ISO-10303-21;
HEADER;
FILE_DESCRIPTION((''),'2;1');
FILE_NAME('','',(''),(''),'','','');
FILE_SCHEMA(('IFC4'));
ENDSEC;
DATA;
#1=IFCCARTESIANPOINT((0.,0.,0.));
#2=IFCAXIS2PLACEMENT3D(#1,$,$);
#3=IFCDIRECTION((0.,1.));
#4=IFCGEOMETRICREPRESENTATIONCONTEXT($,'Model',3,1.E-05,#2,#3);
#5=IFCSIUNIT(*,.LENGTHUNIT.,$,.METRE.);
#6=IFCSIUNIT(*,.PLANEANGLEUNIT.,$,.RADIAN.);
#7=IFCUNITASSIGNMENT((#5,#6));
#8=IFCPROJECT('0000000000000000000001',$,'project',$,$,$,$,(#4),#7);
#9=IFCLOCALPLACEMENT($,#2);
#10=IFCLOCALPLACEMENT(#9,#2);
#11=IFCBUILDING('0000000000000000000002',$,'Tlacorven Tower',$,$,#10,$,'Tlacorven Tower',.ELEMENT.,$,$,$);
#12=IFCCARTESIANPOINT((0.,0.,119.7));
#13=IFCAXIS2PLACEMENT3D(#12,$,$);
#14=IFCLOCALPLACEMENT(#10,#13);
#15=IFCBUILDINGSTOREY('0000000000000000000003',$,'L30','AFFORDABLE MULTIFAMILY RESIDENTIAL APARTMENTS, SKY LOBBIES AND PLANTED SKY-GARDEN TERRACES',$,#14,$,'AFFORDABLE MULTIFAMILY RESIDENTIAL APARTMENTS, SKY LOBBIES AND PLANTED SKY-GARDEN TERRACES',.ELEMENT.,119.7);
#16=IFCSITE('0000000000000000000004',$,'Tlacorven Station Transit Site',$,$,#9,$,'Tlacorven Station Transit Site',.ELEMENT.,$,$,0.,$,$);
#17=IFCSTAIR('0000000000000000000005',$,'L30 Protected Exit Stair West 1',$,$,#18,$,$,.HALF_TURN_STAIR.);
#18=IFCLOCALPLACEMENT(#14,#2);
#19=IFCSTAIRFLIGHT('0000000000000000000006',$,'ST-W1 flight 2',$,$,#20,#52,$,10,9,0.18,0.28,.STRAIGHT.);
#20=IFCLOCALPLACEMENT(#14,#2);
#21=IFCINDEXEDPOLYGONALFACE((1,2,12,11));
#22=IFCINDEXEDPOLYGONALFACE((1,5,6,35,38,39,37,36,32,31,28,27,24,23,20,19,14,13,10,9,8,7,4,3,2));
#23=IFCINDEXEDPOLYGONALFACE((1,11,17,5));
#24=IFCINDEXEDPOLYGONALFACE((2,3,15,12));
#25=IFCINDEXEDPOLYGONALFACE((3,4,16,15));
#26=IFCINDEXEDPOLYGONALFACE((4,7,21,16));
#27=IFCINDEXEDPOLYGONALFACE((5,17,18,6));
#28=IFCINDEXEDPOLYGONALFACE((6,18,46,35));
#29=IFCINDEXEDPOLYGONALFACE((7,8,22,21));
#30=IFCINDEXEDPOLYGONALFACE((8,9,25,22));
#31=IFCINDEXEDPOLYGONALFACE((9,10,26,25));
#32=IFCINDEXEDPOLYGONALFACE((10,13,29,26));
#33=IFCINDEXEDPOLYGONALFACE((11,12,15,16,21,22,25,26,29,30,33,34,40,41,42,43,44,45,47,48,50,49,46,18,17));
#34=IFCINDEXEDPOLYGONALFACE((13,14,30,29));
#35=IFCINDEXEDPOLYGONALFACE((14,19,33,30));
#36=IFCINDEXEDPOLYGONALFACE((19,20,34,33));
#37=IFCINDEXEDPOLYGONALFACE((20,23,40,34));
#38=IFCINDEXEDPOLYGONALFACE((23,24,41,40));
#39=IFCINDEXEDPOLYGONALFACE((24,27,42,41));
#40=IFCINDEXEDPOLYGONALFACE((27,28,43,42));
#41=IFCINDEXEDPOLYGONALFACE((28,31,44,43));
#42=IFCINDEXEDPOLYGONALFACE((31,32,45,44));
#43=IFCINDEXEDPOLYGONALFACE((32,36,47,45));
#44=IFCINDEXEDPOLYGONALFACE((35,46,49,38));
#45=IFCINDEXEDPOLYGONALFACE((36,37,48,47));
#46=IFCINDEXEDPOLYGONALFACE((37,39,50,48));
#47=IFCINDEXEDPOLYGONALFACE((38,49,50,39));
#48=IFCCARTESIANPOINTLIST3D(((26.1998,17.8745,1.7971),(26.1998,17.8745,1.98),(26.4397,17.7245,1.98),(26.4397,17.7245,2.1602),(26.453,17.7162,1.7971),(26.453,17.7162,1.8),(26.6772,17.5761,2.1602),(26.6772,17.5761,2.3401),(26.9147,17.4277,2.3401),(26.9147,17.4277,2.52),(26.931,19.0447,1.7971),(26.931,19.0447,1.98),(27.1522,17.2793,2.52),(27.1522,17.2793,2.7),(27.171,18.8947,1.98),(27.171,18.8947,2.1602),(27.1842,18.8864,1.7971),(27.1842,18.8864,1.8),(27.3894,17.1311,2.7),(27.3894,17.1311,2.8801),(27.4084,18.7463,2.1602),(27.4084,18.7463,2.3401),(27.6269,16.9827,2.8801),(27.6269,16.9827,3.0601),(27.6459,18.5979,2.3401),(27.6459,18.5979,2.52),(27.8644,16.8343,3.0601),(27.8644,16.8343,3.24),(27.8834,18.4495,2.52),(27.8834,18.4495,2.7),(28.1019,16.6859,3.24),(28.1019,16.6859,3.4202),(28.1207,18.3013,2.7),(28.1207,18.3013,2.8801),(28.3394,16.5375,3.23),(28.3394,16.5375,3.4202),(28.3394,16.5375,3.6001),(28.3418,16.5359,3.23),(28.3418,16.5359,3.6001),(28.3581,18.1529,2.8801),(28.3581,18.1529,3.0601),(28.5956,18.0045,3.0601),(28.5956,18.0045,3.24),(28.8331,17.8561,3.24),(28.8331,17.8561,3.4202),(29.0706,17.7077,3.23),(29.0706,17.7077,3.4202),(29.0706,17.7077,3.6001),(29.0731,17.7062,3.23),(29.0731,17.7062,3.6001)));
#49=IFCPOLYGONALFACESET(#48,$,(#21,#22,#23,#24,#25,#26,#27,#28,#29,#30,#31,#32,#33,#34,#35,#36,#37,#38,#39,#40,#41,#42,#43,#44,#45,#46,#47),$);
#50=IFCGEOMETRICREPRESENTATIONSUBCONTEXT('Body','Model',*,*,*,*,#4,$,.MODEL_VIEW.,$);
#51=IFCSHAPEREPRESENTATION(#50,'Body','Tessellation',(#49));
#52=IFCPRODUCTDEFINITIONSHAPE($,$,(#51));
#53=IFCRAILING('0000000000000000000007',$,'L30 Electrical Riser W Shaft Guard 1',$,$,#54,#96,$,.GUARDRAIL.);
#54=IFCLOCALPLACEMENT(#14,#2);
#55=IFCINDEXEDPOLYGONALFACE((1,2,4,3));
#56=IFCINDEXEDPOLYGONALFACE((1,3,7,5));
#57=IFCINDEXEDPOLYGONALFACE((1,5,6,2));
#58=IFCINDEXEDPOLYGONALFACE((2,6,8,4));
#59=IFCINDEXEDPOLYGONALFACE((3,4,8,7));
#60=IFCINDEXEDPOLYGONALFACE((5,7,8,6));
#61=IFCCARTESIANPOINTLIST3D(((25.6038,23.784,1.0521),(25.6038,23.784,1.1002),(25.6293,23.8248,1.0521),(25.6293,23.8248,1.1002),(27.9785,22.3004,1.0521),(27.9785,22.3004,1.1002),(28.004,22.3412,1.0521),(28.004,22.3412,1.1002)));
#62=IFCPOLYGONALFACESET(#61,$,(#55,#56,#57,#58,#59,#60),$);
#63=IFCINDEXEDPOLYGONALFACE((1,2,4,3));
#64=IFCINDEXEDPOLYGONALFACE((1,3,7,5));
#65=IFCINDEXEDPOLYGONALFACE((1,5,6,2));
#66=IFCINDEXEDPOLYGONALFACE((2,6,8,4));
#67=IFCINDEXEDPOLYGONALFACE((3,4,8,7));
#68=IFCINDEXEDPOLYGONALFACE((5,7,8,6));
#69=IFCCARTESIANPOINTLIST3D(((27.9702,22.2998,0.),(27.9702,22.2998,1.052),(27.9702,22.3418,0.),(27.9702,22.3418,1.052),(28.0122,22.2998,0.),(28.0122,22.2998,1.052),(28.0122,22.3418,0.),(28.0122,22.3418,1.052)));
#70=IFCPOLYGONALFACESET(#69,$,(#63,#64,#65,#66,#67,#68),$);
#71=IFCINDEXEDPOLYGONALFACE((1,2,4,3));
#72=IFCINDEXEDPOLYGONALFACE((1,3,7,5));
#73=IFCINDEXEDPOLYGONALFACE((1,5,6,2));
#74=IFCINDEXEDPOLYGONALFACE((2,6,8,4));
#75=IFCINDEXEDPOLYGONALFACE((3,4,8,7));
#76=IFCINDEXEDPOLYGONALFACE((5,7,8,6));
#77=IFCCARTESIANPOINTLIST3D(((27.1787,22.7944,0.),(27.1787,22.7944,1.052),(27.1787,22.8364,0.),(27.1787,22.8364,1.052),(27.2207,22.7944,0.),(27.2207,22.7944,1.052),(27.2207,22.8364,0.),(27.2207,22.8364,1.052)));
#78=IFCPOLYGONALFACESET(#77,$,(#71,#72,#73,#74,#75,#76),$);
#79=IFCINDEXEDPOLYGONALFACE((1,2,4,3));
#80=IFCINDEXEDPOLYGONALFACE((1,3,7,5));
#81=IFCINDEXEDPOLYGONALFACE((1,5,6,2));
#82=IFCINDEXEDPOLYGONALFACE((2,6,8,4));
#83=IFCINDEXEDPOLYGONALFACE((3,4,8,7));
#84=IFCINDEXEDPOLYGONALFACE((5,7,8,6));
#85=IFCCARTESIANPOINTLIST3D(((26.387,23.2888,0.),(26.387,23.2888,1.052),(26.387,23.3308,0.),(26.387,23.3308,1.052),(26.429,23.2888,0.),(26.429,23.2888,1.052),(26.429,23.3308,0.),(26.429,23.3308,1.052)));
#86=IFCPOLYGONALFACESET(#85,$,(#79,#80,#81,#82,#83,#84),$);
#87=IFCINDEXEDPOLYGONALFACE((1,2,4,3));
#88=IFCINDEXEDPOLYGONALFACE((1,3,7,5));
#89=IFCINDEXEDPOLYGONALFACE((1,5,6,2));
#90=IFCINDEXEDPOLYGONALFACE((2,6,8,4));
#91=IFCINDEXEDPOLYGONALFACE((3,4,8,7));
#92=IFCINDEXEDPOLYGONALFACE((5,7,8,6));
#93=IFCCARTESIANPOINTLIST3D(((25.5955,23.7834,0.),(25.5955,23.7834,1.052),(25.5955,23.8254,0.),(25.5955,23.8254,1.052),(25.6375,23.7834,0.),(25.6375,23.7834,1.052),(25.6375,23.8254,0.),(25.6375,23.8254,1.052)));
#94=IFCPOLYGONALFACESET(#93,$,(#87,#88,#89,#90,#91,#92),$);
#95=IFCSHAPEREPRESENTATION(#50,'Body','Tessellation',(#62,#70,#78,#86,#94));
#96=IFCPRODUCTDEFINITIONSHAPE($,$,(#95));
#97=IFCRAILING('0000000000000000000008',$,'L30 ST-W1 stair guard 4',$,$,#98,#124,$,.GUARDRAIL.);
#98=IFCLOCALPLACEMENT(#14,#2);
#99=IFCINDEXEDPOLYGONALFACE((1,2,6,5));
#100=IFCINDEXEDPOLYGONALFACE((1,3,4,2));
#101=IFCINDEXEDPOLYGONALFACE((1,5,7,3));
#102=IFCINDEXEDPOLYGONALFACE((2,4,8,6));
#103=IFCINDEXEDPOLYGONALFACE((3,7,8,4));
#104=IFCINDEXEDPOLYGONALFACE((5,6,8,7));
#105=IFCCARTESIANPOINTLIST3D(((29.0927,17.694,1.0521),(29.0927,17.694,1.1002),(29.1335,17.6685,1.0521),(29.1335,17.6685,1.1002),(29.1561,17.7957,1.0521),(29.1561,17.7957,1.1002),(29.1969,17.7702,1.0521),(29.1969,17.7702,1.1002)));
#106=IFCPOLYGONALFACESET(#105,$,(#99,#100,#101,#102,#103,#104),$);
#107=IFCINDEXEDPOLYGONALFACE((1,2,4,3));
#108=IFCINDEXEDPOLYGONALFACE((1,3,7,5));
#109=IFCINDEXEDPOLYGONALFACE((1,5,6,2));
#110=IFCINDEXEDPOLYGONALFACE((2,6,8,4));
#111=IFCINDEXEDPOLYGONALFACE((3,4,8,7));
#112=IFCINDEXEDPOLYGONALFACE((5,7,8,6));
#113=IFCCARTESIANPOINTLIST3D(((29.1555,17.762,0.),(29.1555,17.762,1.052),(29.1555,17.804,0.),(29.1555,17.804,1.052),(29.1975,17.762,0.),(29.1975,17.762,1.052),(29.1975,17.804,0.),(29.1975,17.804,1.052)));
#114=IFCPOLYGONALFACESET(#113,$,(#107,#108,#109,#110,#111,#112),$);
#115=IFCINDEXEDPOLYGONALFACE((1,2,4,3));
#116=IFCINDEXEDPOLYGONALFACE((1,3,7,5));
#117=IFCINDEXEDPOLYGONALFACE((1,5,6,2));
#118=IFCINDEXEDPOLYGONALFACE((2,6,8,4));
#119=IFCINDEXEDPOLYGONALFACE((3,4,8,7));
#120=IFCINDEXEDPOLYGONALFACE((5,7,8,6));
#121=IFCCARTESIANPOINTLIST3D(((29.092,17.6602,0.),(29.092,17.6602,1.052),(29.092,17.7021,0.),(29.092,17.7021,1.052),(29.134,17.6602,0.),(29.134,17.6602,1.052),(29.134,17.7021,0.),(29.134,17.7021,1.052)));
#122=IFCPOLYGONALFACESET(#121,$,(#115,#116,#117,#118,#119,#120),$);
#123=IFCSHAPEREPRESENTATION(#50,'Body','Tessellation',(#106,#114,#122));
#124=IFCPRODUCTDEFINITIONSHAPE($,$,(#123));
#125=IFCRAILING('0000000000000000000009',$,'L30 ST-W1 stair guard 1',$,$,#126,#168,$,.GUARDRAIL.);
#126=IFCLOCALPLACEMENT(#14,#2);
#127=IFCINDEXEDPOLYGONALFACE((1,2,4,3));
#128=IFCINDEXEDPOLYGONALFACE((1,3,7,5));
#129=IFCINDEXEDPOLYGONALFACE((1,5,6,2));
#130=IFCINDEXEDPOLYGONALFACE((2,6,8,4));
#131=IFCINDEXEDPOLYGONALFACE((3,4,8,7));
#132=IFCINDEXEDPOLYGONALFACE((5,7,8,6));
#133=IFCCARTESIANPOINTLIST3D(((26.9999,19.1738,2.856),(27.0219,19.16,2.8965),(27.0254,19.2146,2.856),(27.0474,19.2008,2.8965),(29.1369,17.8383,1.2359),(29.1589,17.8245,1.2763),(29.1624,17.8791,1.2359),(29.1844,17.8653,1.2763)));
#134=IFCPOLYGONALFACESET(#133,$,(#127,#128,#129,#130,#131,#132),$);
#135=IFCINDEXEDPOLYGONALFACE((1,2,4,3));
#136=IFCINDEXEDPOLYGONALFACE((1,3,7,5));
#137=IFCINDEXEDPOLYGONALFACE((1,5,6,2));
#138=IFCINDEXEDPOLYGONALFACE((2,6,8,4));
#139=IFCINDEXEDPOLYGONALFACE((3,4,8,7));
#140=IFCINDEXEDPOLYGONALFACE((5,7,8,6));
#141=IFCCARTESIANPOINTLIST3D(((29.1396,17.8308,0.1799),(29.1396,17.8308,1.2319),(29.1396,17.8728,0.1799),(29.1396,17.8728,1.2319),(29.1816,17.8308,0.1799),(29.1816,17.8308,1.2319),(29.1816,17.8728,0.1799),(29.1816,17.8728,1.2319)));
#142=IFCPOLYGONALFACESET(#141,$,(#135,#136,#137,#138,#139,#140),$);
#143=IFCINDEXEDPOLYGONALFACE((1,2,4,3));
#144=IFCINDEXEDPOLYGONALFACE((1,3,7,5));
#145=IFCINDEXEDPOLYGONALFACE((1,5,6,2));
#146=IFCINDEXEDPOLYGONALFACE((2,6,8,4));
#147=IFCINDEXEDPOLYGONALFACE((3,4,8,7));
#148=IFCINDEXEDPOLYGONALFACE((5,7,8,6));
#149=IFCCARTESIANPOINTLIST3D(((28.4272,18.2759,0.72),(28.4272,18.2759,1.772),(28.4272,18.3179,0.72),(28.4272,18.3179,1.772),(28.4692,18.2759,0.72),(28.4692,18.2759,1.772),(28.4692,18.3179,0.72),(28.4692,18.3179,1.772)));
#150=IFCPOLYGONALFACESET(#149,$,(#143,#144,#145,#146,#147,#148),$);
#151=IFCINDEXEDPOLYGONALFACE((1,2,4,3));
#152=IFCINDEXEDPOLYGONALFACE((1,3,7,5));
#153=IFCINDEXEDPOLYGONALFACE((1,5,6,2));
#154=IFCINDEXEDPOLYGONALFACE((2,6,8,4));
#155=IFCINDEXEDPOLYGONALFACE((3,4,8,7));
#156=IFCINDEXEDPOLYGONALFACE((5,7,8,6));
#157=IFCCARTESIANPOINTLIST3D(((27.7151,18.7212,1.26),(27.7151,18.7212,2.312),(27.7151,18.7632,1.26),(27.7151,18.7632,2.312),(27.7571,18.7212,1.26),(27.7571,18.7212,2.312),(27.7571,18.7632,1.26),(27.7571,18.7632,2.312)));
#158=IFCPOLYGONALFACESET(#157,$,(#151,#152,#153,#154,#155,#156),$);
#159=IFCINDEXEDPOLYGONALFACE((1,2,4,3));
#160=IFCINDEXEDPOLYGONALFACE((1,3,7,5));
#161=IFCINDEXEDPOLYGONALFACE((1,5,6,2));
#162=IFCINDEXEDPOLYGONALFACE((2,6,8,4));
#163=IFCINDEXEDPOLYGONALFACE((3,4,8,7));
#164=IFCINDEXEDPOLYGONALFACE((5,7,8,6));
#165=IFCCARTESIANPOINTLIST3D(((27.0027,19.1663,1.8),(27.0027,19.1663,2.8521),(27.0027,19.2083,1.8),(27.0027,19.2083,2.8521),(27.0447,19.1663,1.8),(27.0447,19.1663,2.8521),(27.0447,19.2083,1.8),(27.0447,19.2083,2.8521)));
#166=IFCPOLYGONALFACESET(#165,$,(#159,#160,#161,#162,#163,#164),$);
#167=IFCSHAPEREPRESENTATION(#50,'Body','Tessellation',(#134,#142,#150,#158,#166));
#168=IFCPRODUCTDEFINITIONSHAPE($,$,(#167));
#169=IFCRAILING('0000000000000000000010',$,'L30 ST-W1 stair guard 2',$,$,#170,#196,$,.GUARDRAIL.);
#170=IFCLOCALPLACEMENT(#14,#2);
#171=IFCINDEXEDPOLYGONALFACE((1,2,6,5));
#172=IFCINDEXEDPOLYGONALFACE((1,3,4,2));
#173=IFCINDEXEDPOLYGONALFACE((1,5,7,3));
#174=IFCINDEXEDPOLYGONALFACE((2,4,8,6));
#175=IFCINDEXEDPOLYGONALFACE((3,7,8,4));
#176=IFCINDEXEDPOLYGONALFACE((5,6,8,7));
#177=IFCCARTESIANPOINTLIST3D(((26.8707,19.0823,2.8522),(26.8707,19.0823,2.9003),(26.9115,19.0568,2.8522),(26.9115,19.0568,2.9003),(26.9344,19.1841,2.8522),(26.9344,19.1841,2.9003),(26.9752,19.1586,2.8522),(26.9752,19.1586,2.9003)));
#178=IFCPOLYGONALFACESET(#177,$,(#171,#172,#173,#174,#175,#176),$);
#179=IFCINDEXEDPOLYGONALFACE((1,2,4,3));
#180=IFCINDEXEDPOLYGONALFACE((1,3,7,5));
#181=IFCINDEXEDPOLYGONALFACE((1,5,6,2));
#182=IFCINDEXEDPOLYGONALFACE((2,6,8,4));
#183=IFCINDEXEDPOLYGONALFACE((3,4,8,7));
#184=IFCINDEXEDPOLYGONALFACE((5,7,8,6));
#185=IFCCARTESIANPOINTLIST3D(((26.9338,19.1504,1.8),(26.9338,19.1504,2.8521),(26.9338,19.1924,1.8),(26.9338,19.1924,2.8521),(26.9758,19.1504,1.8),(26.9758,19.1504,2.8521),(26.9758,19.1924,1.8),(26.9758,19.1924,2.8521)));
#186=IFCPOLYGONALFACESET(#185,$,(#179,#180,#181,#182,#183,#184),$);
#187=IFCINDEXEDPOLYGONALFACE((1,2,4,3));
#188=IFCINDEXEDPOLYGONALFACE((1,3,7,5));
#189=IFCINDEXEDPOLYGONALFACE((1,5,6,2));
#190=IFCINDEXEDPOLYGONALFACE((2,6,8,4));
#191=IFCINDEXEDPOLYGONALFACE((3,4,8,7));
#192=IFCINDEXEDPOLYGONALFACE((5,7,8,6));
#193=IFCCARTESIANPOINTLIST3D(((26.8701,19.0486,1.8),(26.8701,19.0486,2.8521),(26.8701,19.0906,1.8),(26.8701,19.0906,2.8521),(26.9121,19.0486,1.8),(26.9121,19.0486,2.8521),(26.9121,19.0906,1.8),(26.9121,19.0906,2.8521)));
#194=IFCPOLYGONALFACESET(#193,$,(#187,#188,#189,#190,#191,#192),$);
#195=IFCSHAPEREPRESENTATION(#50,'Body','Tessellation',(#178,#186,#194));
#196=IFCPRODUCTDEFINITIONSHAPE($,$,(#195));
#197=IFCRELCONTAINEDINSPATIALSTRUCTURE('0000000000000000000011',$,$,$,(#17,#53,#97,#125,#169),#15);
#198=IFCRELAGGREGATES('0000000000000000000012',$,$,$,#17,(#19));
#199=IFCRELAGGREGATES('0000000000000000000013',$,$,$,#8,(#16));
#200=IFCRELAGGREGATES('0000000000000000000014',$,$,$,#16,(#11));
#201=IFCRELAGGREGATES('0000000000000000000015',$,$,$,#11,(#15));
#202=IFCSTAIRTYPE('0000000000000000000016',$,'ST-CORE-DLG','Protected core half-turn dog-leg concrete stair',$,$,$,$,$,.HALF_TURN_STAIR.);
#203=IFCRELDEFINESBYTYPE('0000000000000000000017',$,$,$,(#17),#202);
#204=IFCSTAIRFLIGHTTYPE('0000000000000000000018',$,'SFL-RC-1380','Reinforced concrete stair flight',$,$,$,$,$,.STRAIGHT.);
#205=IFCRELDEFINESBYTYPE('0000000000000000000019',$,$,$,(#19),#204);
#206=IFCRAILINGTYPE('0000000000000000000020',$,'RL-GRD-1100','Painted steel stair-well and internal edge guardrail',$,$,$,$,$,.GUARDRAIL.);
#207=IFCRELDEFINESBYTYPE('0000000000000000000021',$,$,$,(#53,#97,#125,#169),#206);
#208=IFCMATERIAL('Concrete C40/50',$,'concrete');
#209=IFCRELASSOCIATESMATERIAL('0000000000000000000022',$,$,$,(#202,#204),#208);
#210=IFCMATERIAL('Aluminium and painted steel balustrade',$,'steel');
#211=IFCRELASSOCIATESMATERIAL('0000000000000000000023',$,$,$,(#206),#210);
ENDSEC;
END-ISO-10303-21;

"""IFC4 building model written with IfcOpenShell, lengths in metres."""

from ifc_helpers import new_model, si_unit, direction, frame, origin, origin_2d, place, context, subcontext, project, spatial, polyline, rectangle, outline, extrude, source, transform, mapped, material, type_object, element, aggregate, save


model = new_model("IFC4")

# Units and contexts
model_context = context("Model", 3, precision=1e-05, world=origin(), true_north=direction((0.0, 1.0)))
body_context = subcontext(model_context, "Body", "Model", "MODEL_VIEW")
ifc_project = project(units=[si_unit("LENGTHUNIT", "METRE"), si_unit("PLANEANGLEUNIT", "RADIAN")], contexts=[model_context])

# Site, building, storey
site_placement = place(None, origin())
site = spatial("IfcSite", under=ifc_project, at=site_placement, Name="Tlacorven Station Transit Site", LongName="Tlacorven Station Transit Site", CompositionType="ELEMENT", RefElevation=0.0)
building_placement = place(site_placement, origin())
building = spatial("IfcBuilding", under=site, at=building_placement, Name="Tlacorven Tower", LongName="Tlacorven Tower", CompositionType="ELEMENT")
storey_placement = place(building_placement, frame((0.0, 0.0, 119.7)))
storey = spatial("IfcBuildingStorey", under=building, at=storey_placement, Name="L30", Description="AFFORDABLE MULTIFAMILY RESIDENTIAL APARTMENTS, SKY LOBBIES AND PLANTED SKY-GARDEN TERRACES", LongName="AFFORDABLE MULTIFAMILY RESIDENTIAL APARTMENTS, SKY LOBBIES AND PLANTED SKY-GARDEN TERRACES", CompositionType="ELEMENT", Elevation=119.7)

# Shared definitions
ifc_material_1 = material(Name="Concrete C40/50", Category="concrete")

# Stair, stair flight
stair_type = type_object("IfcStairType", Name="ST-CORE-DLG", Description="Protected core half-turn dog-leg concrete stair", PredefinedType="HALF_TURN_STAIR", material=ifc_material_1)
stair_placement = place(storey_placement, origin())
stair = element("IfcStair", 1, at=stair_placement, inside=storey, type_object=stair_type, Name="L30 Protected Exit Stair West 1", PredefinedType="HALF_TURN_STAIR")
stair_flight_type = type_object("IfcStairFlightType", Name="SFL-RC-1380", Description="Reinforced concrete stair flight", PredefinedType="STRAIGHT", material=ifc_material_1)
shared_shape_1 = source(origin(), body_context, "Body", "SweptSolid", [
    extrude(outline(polyline([(-0.0029, -0.0029), (-0.0029, 0.1799), (0.28, 0.1799), (0.28, 0.3601), (0.5601, 0.3601), (0.5601, 0.54), (0.8401, 0.54), (0.8401, 0.72), (1.1201, 0.72), (1.1201, 0.8999), (1.3999, 0.8999), (1.3999, 1.0801), (1.6799, 1.0801), (1.6799, 1.26), (1.96, 1.26), (1.96, 1.4399), (2.24, 1.4399), (2.24, 1.6201), (2.52, 1.6201), (2.52, 1.8), (2.5229, 1.8), (2.5229, 1.4299), (2.52, 1.4299), (0.2957, 0.0), (0.2957, -0.0029), (-0.0029, -0.0029)])), frame((0.0, 0.6899, 0.0), z_axis=(0.0, -1.0, 0.0), x_axis=(1.0, 0.0, 0.0)), (0.0, 0.0, 1.0), 1.3799),
])
stair_flight_1_placement = place(storey_placement, frame((26.5679, 18.458, 1.8), z_axis=(0.0, 0.0, 1.0), x_axis=(0.848048, -0.529919, 0.0)))
stair_flight_1 = element("IfcStairFlight", 2, at=stair_flight_1_placement, type_object=stair_flight_type, Name="ST-W1 flight 2", NumberOfRisers=10, NumberOfTreads=9, PredefinedType="STRAIGHT", RiserHeight=0.18, TreadLength=0.28, context=body_context, shape_type="MappedRepresentation", body=[
    mapped(shared_shape_1, transform((0.0, 0.0, 0.0), scale=1.0)),
])
aggregate(stair, [stair_flight_1])

# Railings
ifc_material_2 = material(Name="Aluminium and painted steel balustrade", Category="steel")
railing_type_1 = type_object("IfcRailingType", Name="RL-GRD-1100", Description="Painted steel stair-well and internal edge guardrail", PredefinedType="GUARDRAIL", material=ifc_material_2)
shared_shape_2 = source(origin(), body_context, "Body", "SweptSolid", [
    extrude(rectangle(XDim=0.0481, YDim=0.0481, at=origin_2d()), frame((0.0, 0.0, 1.0762), z_axis=(-0.848091, 0.52985, 0.0), x_axis=(-0.52985, -0.848091, 0.0)), (0.0, 0.0, 1.0), 2.8),
    extrude(rectangle(XDim=0.042, YDim=0.042, at=origin_2d()), origin(), (0.0, 0.0, 1.0), 1.052),
    extrude(rectangle(XDim=0.042, YDim=0.042, at=origin_2d()), frame((-0.7915, 0.4946, 0.0)), (0.0, 0.0, 1.0), 1.052),
    extrude(rectangle(XDim=0.042, YDim=0.042, at=origin_2d()), frame((-1.5833, 0.989, 0.0)), (0.0, 0.0, 1.0), 1.052),
    extrude(rectangle(XDim=0.042, YDim=0.042, at=origin_2d()), frame((-2.3748, 1.4836, 0.0)), (0.0, 0.0, 1.0), 1.052),
])
railing_1_placement = place(storey_placement, frame((27.9912, 22.3208, 0.0)))
element("IfcRailing", 3, at=railing_1_placement, inside=storey, type_object=railing_type_1, Name="L30 Electrical Riser W Shaft Guard 1", PredefinedType="GUARDRAIL", context=body_context, shape_type="MappedRepresentation", body=[
    mapped(shared_shape_2, transform((0.0, 0.0, 0.0), scale=1.0)),
])
shared_shape_3 = source(origin(), body_context, "Body", "SweptSolid", [
    extrude(rectangle(XDim=0.0481, YDim=0.0481, at=origin_2d()), frame((0.0, 0.0, 1.0762), z_axis=(-0.529084, -0.848569, 0.0), x_axis=(0.848569, -0.529084, 0.0)), (0.0, 0.0, 1.0), 0.1199),
    extrude(rectangle(XDim=0.042, YDim=0.042, at=origin_2d()), origin(), (0.0, 0.0, 1.0), 1.052),
    extrude(rectangle(XDim=0.042, YDim=0.042, at=origin_2d()), frame((-0.0635, -0.1018, 0.0)), (0.0, 0.0, 1.0), 1.052),
])
railing_2_placement = place(storey_placement, frame((29.1765, 17.783, 0.0)))
element("IfcRailing", 4, at=railing_2_placement, inside=storey, type_object=railing_type_1, Name="L30 ST-W1 stair guard 4", PredefinedType="GUARDRAIL", context=body_context, shape_type="MappedRepresentation", body=[
    mapped(shared_shape_3, transform((0.0, 0.0, 0.0), scale=1.0)),
])
shared_shape_4 = source(origin(), body_context, "Body", "SweptSolid", [
    extrude(rectangle(XDim=0.0481, YDim=0.0481, at=origin_2d()), frame((0.0, 0.0, 1.0762), z_axis=(-0.71332, 0.445774, 0.540796), x_axis=(-0.529955, -0.848026, 0.0)), (0.0, 0.0, 1.0), 2.9958),
    extrude(rectangle(XDim=0.042, YDim=0.042, at=origin_2d()), origin(), (0.0, 0.0, 1.0), 1.052),
    extrude(rectangle(XDim=0.042, YDim=0.042, at=origin_2d()), frame((-0.7124, 0.4451, 0.54)), (0.0, 0.0, 1.0), 1.052),
    extrude(rectangle(XDim=0.042, YDim=0.042, at=origin_2d()), frame((-1.4246, 0.8904, 1.0801)), (0.0, 0.0, 1.0), 1.052),
    extrude(rectangle(XDim=0.042, YDim=0.042, at=origin_2d()), frame((-2.137, 1.3354, 1.6201)), (0.0, 0.0, 1.0), 1.052),
])
railing_3_placement = place(storey_placement, frame((29.1606, 17.8518, 0.1799)))
element("IfcRailing", 5, at=railing_3_placement, inside=storey, type_object=railing_type_1, Name="L30 ST-W1 stair guard 1", PredefinedType="GUARDRAIL", context=body_context, shape_type="MappedRepresentation", body=[
    mapped(shared_shape_4, transform((0.0, 0.0, 0.0), scale=1.0)),
])
shared_shape_5 = source(origin(), body_context, "Body", "SweptSolid", [
    extrude(rectangle(XDim=0.0481, YDim=0.0481, at=origin_2d()), frame((0.0, 0.0, 1.0762), z_axis=(-0.530547, -0.847656, 0.0), x_axis=(0.847656, -0.530547, 0.0)), (0.0, 0.0, 1.0), 0.1201),
    extrude(rectangle(XDim=0.042, YDim=0.042, at=origin_2d()), origin(), (0.0, 0.0, 1.0), 1.052),
    extrude(rectangle(XDim=0.042, YDim=0.042, at=origin_2d()), frame((-0.0637, -0.1018, 0.0)), (0.0, 0.0, 1.0), 1.052),
])
railing_4_placement = place(storey_placement, frame((26.9548, 19.1714, 1.8)))
element("IfcRailing", 6, at=railing_4_placement, inside=storey, type_object=railing_type_1, Name="L30 ST-W1 stair guard 2", PredefinedType="GUARDRAIL", context=body_context, shape_type="MappedRepresentation", body=[
    mapped(shared_shape_5, transform((0.0, 0.0, 0.0), scale=1.0)),
])

save(model, "model.ifc")
